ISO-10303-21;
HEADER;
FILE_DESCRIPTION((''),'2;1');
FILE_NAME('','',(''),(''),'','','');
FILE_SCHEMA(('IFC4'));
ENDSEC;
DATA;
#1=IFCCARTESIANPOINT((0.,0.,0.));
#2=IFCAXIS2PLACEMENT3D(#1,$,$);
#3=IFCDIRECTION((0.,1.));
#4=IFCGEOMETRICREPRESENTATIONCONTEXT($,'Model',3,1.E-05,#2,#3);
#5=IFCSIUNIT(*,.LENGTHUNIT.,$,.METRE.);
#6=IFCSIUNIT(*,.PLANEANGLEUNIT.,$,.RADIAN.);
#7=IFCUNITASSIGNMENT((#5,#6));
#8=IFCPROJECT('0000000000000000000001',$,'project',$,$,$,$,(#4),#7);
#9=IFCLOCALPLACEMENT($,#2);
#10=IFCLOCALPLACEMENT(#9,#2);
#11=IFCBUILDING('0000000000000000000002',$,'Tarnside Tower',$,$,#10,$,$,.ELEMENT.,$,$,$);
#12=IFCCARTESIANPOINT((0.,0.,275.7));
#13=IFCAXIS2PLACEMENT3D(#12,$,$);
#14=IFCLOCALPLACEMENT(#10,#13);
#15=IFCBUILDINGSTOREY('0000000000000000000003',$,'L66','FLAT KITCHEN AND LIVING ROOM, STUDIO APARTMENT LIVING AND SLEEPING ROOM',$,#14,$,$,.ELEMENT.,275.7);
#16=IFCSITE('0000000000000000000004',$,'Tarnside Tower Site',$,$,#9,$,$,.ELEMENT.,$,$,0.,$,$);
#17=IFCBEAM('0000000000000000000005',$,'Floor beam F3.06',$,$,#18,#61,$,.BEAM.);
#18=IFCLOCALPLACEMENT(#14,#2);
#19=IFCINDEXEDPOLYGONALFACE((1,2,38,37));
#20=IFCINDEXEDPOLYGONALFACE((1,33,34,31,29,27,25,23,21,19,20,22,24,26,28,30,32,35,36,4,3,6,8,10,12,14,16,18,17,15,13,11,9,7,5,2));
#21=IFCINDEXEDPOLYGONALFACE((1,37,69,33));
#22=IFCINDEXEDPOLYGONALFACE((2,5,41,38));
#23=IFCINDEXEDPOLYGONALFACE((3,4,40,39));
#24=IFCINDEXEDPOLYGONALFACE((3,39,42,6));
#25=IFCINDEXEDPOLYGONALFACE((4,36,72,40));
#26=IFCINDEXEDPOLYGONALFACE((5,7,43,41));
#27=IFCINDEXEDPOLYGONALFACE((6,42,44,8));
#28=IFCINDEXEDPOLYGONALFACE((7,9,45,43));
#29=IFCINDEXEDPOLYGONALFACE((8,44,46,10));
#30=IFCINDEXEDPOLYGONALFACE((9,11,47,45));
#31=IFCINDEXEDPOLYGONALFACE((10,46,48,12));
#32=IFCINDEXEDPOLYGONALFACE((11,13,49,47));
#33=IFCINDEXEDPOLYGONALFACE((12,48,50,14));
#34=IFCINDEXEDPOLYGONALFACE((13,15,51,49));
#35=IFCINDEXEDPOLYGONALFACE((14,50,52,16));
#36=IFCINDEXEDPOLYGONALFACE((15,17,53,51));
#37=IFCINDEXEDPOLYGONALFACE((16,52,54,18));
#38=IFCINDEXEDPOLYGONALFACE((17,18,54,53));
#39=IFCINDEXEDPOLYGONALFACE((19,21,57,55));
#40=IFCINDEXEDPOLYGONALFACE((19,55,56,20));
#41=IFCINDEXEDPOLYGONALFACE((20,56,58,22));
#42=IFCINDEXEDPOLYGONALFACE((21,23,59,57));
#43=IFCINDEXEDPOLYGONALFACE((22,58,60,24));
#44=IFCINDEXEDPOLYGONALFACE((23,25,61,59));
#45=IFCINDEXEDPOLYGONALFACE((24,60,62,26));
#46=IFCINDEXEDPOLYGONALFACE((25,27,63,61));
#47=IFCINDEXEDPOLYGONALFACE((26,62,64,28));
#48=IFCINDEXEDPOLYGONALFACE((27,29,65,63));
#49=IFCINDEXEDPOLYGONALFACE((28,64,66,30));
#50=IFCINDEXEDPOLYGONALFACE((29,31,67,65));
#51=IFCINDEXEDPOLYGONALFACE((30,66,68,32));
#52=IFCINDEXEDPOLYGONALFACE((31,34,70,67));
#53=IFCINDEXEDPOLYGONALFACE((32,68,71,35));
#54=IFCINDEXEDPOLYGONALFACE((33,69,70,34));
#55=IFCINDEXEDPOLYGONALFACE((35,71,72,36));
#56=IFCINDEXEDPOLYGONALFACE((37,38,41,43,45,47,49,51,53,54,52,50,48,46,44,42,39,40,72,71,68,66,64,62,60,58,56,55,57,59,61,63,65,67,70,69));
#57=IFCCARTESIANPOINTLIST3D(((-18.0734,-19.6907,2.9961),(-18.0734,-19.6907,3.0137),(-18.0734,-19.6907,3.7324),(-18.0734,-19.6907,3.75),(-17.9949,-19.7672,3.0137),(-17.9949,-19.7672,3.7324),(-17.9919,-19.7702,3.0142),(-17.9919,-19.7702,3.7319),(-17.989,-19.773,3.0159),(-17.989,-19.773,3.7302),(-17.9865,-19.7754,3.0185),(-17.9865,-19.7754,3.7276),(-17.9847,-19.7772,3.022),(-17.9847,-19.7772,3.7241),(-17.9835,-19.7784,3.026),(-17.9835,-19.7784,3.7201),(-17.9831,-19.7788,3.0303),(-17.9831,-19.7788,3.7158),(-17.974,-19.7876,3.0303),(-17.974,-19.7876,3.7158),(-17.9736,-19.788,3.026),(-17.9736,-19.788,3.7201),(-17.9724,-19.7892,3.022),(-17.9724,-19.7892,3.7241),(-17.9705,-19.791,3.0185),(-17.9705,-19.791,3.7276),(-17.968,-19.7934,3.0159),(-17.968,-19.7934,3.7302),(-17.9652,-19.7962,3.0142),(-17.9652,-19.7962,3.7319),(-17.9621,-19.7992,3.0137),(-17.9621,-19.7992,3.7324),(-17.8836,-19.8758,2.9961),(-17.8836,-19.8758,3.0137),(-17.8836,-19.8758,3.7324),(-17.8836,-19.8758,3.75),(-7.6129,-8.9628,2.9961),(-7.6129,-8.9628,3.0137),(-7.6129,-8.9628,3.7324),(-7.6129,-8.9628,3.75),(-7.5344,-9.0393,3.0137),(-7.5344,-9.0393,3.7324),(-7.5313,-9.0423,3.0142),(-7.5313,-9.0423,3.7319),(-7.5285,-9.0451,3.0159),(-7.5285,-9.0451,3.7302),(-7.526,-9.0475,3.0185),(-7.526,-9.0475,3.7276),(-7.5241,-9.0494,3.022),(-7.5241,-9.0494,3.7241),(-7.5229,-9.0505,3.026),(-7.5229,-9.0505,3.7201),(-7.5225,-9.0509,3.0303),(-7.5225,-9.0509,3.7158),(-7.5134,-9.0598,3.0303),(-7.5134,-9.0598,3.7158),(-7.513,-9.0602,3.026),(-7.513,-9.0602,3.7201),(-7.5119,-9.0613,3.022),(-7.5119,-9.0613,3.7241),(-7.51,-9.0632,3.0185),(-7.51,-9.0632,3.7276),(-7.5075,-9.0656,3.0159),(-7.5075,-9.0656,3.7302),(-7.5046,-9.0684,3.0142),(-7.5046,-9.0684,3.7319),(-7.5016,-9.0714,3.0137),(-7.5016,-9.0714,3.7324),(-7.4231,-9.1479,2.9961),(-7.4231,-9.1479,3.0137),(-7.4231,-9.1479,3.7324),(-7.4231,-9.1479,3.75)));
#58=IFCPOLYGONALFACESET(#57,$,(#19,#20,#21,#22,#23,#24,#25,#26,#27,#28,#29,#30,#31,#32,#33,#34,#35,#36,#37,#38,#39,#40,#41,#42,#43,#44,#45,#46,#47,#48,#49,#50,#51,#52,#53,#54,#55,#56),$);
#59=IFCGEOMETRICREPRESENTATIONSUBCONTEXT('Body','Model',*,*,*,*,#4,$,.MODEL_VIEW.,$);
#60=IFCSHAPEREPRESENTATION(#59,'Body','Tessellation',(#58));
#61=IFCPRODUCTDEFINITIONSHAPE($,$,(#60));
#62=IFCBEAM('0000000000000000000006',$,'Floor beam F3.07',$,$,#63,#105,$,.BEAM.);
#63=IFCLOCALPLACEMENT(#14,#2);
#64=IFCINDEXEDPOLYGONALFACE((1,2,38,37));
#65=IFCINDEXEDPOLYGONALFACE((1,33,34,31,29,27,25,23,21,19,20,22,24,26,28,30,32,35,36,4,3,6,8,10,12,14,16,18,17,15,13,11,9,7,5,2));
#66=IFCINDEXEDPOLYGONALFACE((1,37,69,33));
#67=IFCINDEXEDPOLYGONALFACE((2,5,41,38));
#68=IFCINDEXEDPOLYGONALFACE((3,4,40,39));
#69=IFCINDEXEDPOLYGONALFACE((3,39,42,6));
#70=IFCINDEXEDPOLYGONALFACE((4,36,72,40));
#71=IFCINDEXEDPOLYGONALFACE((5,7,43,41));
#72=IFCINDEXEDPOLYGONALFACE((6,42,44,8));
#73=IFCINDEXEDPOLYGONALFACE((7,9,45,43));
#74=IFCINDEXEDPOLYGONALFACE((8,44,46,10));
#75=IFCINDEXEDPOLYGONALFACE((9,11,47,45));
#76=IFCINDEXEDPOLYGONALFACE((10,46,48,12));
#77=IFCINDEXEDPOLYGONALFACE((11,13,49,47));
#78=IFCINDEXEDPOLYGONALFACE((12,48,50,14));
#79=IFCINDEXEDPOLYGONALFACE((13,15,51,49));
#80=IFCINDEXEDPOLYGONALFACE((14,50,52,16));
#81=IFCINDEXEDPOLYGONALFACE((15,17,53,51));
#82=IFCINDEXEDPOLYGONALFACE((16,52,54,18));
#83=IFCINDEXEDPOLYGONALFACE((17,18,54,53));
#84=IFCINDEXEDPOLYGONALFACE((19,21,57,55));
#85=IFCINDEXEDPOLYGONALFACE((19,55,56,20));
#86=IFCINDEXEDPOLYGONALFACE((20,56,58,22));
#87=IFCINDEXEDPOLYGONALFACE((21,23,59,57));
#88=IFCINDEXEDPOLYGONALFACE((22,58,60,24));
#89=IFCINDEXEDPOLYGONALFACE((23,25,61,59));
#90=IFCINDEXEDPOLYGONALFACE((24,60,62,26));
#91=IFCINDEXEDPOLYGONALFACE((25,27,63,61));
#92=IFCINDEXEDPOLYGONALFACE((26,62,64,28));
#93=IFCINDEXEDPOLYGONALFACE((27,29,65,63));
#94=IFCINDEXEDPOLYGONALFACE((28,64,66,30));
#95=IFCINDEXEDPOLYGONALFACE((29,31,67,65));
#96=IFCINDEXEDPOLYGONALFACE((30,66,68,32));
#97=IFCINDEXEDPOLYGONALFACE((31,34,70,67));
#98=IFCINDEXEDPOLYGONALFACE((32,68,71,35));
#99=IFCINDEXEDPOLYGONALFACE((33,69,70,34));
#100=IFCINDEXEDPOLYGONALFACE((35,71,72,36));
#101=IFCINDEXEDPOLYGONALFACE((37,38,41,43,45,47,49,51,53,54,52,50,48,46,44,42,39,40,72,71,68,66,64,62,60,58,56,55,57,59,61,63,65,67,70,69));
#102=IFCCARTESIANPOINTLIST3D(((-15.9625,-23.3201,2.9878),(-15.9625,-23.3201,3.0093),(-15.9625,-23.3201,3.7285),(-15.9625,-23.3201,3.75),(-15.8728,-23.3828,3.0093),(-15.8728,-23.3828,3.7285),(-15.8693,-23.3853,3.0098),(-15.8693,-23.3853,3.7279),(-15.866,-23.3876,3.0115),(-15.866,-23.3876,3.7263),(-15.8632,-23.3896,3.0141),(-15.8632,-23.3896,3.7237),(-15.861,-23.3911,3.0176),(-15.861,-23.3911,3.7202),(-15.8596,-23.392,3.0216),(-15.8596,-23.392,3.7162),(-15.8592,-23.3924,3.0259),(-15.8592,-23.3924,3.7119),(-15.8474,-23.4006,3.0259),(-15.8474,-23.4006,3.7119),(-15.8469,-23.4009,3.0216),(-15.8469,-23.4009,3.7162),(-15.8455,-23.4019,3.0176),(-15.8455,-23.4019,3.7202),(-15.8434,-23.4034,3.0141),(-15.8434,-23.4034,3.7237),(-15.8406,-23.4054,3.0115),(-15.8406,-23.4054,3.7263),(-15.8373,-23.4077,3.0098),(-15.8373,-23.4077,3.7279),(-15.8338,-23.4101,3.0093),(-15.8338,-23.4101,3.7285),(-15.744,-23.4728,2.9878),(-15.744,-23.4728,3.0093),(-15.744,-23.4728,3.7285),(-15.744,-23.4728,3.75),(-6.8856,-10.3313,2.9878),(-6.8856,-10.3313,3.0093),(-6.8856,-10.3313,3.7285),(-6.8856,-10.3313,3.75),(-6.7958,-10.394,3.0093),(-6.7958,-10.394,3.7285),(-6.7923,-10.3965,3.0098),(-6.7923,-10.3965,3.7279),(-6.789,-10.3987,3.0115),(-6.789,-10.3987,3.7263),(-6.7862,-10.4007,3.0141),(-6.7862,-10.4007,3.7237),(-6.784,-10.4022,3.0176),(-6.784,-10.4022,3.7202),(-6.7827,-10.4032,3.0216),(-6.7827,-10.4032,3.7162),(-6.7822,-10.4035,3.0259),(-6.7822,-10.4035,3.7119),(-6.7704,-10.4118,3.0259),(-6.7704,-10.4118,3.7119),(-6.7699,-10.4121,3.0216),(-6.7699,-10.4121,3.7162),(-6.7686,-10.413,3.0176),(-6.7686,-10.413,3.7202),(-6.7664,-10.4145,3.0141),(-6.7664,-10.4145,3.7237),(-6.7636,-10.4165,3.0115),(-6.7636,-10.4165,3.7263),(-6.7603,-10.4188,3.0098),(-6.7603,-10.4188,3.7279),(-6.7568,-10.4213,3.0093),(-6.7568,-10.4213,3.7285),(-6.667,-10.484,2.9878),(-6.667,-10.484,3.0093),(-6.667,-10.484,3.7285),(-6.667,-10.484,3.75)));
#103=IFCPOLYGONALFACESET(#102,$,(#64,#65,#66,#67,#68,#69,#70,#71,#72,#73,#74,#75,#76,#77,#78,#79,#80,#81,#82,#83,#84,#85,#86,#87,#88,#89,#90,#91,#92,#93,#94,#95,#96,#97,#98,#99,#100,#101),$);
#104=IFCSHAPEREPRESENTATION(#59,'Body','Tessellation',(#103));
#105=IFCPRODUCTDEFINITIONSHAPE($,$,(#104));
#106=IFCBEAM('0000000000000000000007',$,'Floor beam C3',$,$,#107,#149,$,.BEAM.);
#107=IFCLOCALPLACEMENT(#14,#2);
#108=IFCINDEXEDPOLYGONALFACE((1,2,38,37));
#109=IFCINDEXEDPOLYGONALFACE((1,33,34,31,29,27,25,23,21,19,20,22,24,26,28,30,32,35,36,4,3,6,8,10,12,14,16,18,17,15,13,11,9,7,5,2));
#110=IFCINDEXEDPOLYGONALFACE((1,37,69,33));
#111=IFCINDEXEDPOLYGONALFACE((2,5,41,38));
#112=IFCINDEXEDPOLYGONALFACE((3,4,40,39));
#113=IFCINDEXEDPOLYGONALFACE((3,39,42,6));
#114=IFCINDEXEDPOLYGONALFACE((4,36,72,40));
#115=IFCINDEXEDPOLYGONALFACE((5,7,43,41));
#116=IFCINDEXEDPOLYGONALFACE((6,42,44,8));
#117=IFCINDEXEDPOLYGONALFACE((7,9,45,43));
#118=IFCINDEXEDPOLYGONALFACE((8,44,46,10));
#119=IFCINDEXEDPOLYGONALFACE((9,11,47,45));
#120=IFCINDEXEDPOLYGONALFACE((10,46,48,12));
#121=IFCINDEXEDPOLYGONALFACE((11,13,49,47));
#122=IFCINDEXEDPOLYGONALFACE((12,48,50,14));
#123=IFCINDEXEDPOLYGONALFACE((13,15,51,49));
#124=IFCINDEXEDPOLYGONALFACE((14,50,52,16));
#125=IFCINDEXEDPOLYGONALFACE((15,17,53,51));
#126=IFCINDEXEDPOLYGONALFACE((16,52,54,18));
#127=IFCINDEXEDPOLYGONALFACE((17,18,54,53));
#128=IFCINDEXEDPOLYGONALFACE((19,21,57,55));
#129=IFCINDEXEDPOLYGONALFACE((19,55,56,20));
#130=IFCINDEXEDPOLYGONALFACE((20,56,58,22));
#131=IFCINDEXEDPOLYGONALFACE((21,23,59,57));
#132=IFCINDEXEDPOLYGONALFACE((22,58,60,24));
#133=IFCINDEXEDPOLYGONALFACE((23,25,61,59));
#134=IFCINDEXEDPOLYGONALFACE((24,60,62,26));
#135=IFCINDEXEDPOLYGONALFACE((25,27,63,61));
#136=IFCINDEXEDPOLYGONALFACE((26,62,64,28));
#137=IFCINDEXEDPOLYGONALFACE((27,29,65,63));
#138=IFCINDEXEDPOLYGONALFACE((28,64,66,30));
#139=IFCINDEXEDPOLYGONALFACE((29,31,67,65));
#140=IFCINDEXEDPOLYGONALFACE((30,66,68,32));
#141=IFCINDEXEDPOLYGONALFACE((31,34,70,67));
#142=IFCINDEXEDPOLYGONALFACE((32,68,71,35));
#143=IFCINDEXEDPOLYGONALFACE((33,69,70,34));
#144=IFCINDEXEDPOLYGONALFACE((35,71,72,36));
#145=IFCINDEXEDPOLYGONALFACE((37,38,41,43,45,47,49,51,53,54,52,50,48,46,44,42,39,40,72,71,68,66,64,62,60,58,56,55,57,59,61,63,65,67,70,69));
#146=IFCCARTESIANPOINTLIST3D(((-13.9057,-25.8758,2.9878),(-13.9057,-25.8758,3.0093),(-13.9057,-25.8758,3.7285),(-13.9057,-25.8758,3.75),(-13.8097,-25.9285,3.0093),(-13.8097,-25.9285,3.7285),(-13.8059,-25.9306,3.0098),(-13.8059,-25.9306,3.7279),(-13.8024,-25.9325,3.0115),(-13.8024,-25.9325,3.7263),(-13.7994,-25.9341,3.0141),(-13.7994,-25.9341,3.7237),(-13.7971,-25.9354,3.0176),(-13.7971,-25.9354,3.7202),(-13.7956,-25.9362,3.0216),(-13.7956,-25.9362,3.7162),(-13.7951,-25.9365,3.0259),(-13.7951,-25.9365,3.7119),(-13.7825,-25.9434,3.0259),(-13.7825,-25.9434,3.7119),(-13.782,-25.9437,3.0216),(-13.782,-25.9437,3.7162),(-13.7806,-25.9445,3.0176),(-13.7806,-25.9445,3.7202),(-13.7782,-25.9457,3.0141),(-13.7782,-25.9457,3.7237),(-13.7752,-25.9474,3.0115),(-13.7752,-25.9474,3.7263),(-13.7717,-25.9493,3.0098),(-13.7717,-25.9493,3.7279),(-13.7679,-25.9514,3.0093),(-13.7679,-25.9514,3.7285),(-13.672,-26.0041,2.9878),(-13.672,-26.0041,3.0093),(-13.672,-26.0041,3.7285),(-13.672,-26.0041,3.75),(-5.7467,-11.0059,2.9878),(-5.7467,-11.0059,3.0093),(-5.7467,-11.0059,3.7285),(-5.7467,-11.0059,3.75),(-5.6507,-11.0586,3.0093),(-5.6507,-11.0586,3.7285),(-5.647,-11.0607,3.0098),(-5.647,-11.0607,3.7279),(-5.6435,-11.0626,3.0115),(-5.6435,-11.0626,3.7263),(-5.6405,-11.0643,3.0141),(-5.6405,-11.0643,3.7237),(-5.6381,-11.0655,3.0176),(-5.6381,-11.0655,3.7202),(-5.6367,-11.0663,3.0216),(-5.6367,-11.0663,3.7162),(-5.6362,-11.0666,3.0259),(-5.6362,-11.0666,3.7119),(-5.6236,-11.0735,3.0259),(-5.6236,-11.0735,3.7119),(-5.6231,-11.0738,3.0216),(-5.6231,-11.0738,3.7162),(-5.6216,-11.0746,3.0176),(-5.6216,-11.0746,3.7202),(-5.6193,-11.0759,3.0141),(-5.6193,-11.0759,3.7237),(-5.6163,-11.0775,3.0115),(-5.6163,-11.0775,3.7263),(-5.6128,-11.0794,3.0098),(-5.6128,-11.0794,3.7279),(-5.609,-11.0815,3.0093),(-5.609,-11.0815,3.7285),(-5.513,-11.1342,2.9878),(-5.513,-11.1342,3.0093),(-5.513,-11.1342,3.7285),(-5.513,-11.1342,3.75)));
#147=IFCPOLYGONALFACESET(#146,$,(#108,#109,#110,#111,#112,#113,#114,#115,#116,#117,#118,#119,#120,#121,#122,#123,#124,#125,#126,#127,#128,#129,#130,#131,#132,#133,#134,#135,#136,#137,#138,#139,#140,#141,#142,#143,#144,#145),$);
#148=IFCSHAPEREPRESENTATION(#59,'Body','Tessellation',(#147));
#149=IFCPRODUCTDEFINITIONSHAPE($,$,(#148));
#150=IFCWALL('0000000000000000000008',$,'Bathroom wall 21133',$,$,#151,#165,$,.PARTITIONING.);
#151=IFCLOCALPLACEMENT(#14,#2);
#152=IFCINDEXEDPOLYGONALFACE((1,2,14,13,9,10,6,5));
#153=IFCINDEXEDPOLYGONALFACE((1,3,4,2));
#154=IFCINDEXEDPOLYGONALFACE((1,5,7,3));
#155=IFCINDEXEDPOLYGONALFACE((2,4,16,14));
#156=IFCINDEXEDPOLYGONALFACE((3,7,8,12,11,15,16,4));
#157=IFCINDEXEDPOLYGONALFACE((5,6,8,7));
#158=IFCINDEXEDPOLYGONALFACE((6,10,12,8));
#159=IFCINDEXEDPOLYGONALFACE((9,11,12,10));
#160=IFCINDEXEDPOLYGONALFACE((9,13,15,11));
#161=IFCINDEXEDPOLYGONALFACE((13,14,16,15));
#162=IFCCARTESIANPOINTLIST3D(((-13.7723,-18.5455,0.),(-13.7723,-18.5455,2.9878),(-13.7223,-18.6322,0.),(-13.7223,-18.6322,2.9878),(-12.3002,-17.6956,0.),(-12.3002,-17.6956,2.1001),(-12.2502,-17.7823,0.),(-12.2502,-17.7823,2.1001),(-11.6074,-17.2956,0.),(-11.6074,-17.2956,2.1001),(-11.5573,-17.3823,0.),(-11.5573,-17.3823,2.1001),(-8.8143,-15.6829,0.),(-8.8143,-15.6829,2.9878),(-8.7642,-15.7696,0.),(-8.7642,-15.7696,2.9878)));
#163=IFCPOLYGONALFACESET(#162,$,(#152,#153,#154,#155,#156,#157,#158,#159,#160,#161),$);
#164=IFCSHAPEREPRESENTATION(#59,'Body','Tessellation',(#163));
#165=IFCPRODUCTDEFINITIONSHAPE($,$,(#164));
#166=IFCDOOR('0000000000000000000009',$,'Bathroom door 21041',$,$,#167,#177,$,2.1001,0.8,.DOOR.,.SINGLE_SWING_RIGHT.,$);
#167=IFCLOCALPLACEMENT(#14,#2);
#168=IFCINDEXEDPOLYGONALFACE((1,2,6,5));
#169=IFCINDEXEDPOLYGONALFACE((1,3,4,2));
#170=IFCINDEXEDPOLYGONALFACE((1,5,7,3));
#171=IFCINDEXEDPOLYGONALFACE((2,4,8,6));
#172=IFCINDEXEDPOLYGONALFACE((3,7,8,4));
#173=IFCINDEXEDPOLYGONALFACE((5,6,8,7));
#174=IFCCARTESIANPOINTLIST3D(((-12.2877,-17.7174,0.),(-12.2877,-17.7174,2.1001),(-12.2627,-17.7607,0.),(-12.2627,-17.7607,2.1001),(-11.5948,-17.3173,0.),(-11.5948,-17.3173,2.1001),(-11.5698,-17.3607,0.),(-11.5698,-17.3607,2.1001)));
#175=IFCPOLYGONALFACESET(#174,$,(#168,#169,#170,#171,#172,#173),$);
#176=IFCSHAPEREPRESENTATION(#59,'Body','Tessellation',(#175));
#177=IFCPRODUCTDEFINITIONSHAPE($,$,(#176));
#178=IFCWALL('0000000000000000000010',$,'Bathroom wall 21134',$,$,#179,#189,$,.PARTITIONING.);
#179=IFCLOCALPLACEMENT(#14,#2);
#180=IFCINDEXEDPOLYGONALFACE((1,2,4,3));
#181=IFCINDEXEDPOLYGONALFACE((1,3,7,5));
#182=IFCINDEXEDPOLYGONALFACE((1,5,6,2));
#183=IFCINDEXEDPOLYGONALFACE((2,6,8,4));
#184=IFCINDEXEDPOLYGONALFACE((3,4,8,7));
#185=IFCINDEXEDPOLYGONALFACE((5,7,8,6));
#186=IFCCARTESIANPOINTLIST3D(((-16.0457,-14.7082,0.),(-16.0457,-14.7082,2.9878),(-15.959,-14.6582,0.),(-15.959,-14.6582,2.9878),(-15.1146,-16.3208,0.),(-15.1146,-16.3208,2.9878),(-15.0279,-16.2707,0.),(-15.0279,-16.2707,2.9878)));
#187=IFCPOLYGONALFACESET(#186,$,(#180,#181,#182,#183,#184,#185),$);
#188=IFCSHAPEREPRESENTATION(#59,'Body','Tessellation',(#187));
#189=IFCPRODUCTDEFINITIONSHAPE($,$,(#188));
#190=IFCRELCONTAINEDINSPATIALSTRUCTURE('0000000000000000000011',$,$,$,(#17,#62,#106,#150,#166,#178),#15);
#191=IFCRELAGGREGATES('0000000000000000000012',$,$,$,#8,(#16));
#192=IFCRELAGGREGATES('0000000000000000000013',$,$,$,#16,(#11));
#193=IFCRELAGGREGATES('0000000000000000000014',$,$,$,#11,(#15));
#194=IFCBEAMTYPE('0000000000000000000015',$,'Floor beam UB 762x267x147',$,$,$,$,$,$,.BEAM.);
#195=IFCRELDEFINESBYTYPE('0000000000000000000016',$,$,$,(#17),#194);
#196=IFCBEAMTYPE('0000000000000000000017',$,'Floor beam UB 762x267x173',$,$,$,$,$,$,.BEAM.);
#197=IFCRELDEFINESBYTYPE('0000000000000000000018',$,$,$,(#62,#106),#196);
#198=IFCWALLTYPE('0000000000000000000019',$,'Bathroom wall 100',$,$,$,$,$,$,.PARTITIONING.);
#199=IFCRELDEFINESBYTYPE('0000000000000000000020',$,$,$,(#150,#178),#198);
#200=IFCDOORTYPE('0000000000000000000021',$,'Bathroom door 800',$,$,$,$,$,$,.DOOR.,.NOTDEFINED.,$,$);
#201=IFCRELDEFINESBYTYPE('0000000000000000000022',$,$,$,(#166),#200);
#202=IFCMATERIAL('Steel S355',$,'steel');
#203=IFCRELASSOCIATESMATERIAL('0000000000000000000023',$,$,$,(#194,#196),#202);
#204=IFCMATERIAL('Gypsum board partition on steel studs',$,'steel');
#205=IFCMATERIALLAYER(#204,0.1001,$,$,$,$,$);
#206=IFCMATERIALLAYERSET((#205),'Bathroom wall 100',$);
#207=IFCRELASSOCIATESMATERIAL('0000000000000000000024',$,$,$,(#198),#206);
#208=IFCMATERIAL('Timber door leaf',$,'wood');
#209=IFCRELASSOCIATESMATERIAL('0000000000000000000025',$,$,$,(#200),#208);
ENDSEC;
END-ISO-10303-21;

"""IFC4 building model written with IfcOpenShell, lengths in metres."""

from ifc_helpers import new_model, si_unit, direction, frame, frame_2d, origin, origin_2d, place, context, subcontext, project, spatial, rectangle, i_section, extrude, material, layer, layer_set, material_profile, profile_set, type_object, element, fill, save


model = new_model("IFC4")

# Units and contexts
model_context = context("Model", 3, precision=1e-05, world=origin(), true_north=direction((0.0, 1.0)))
body_context = subcontext(model_context, "Body", "Model", "MODEL_VIEW")
ifc_project = project(units=[si_unit("LENGTHUNIT", "METRE"), si_unit("PLANEANGLEUNIT", "RADIAN")], contexts=[model_context])

# Site, building, storey
site_placement = place(None, origin())
site = spatial("IfcSite", under=ifc_project, at=site_placement, Name="Tarnside Tower Site", CompositionType="ELEMENT", RefElevation=0.0)
building_placement = place(site_placement, origin())
building = spatial("IfcBuilding", under=site, at=building_placement, Name="Tarnside Tower", CompositionType="ELEMENT")
storey_placement = place(building_placement, frame((0.0, 0.0, 275.7)))
storey = spatial("IfcBuildingStorey", under=building, at=storey_placement, Name="L66", Description="FLAT KITCHEN AND LIVING ROOM, STUDIO APARTMENT LIVING AND SLEEPING ROOM", CompositionType="ELEMENT", Elevation=275.7)

# Beams
ifc_material_1 = material(Name="Steel S355", Category="steel")
ifc_material_profile_1 = material_profile(ifc_material_1, i_section(OverallWidth=0.2651, OverallDepth=0.7539, WebThickness=0.0127, FlangeThickness=0.0176, FilletRadius=0.0166, at=origin_2d()), Name="UB 762x267x147")
ifc_profile_set_1 = profile_set([ifc_material_profile_1], Name="Steel S355")
beam_type_1 = type_object("IfcBeamType", Name="Floor beam UB 762x267x147", PredefinedType="BEAM", material=ifc_profile_set_1)
beam_1_placement = place(storey_placement, frame((-17.9785, -19.7832, 3.373), z_axis=(0.69813, 0.715971, 0.0), x_axis=(-0.715971, 0.69813, 0.0)))
element("IfcBeam", 1, at=beam_1_placement, inside=storey, type_object=beam_type_1, Name="Floor beam F3.06", PredefinedType="BEAM", context=body_context, shape_type="SweptSolid", body=[
    extrude(i_section(OverallWidth=0.2651, OverallDepth=0.7539, WebThickness=0.0127, FlangeThickness=0.0176, FilletRadius=0.0166, at=origin_2d()), origin(), (0.0, 0.0, 1.0), 14.9836),
])
ifc_material_profile_2 = material_profile(ifc_material_1, i_section(OverallWidth=0.2666, OverallDepth=0.7622, WebThickness=0.0144, FlangeThickness=0.0215, FilletRadius=0.0166, at=origin_2d()), Name="UB 762x267x173")
ifc_profile_set_2 = profile_set([ifc_material_profile_2], Name="Steel S355")
beam_type_2 = type_object("IfcBeamType", Name="Floor beam UB 762x267x173", PredefinedType="BEAM", material=ifc_profile_set_2)
beam_2_placement = place(storey_placement, frame((-15.8533, -23.3965, 3.3689), z_axis=(0.572817, 0.819683, 0.0), x_axis=(-0.819683, 0.572817, 0.0)))
element("IfcBeam", 2, at=beam_2_placement, inside=storey, type_object=beam_type_2, Name="Floor beam F3.07", PredefinedType="BEAM", context=body_context, shape_type="SweptSolid", body=[
    extrude(i_section(OverallWidth=0.2666, OverallDepth=0.7622, WebThickness=0.0144, FlangeThickness=0.0215, FilletRadius=0.0166, at=origin_2d()), origin(), (0.0, 0.0, 1.0), 15.8462),
])
beam_3_placement = place(storey_placement, frame((-13.7888, -25.9399, 3.3689), z_axis=(0.481036, 0.876701, 0.0), x_axis=(-0.876701, 0.481036, 0.0)))
element("IfcBeam", 3, at=beam_3_placement, inside=storey, type_object=beam_type_2, Name="Floor beam C3", PredefinedType="BEAM", context=body_context, shape_type="SweptSolid", body=[
    extrude(i_section(OverallWidth=0.2666, OverallDepth=0.7622, WebThickness=0.0144, FlangeThickness=0.0215, FilletRadius=0.0166, at=origin_2d()), origin(), (0.0, 0.0, 1.0), 16.9612),
])

# Wall, opening, door
ifc_material_2 = material(Name="Gypsum board partition on steel studs", Category="steel")
ifc_layer_1 = layer(ifc_material_2, 0.1001)
ifc_layer_set_1 = layer_set([ifc_layer_1], Name="Bathroom wall 100")
wall_type_1 = type_object("IfcWallType", Name="Bathroom wall 100", PredefinedType="PARTITIONING", material=ifc_layer_set_1)
wall_1_placement = place(storey_placement, frame((-13.7473, -18.5889, 0.0), z_axis=(0.0, 0.0, 1.0), x_axis=(0.866022, 0.500005, 0.0)))
wall_1 = element("IfcWall", 4, at=wall_1_placement, inside=storey, type_object=wall_type_1, Name="Bathroom wall 21133", PredefinedType="PARTITIONING", context=body_context, shape_type="SweptSolid", body=[
    extrude(rectangle(XDim=5.7251, YDim=0.1001, at=frame_2d((2.8625, 0.0))), origin(), (0.0, 0.0, 1.0), 2.9878),
])
opening_1_placement = place(wall_1_placement, frame((1.7, 0.0, 0.0)))
opening_1 = element("IfcOpeningElement", 5, at=opening_1_placement, cuts=wall_1, PredefinedType="OPENING", context=body_context, shape_type="SweptSolid", body=[
    extrude(rectangle(XDim=0.8, YDim=2.1001, at=frame_2d((0.3999, 1.05))), frame((0.0, 0.0601, 0.0), z_axis=(0.0, -1.0, 0.0), x_axis=(1.0, 0.0, 0.0)), (0.0, 0.0, 1.0), 0.1201),
])
ifc_material_3 = material(Name="Timber door leaf", Category="wood")
door_type_1 = type_object("IfcDoorType", Name="Bathroom door 800", OperationType="NOTDEFINED", PredefinedType="DOOR", material=ifc_material_3)
door_1_placement = place(opening_1_placement, origin())
door_1 = element("IfcDoor", 6, at=door_1_placement, inside=storey, type_object=door_type_1, Name="Bathroom door 21041", OperationType="SINGLE_SWING_RIGHT", OverallHeight=2.1001, OverallWidth=0.8, PredefinedType="DOOR", context=body_context, shape_type="SweptSolid", body=[
    extrude(rectangle(XDim=0.8, YDim=2.1001, at=frame_2d((0.3999, 1.05))), frame((0.0, 0.0249, 0.0), z_axis=(0.0, -1.0, 0.0), x_axis=(1.0, 0.0, 0.0)), (0.0, 0.0, 1.0), 0.05),
])
fill(opening_1, door_1)

# Wall
wall_2_placement = place(storey_placement, frame((-16.0024, -14.6831, 0.0), z_axis=(0.0, 0.0, 1.0), x_axis=(0.500059, -0.865991, 0.0)))
element("IfcWall", 7, at=wall_2_placement, inside=storey, type_object=wall_type_1, Name="Bathroom wall 21134", PredefinedType="PARTITIONING", context=body_context, shape_type="SweptSolid", body=[
    extrude(rectangle(XDim=1.8621, YDim=0.1001, at=frame_2d((0.9312, 0.0))), origin(), (0.0, 0.0, 1.0), 2.9878),
])

save(model, "model.ifc")
